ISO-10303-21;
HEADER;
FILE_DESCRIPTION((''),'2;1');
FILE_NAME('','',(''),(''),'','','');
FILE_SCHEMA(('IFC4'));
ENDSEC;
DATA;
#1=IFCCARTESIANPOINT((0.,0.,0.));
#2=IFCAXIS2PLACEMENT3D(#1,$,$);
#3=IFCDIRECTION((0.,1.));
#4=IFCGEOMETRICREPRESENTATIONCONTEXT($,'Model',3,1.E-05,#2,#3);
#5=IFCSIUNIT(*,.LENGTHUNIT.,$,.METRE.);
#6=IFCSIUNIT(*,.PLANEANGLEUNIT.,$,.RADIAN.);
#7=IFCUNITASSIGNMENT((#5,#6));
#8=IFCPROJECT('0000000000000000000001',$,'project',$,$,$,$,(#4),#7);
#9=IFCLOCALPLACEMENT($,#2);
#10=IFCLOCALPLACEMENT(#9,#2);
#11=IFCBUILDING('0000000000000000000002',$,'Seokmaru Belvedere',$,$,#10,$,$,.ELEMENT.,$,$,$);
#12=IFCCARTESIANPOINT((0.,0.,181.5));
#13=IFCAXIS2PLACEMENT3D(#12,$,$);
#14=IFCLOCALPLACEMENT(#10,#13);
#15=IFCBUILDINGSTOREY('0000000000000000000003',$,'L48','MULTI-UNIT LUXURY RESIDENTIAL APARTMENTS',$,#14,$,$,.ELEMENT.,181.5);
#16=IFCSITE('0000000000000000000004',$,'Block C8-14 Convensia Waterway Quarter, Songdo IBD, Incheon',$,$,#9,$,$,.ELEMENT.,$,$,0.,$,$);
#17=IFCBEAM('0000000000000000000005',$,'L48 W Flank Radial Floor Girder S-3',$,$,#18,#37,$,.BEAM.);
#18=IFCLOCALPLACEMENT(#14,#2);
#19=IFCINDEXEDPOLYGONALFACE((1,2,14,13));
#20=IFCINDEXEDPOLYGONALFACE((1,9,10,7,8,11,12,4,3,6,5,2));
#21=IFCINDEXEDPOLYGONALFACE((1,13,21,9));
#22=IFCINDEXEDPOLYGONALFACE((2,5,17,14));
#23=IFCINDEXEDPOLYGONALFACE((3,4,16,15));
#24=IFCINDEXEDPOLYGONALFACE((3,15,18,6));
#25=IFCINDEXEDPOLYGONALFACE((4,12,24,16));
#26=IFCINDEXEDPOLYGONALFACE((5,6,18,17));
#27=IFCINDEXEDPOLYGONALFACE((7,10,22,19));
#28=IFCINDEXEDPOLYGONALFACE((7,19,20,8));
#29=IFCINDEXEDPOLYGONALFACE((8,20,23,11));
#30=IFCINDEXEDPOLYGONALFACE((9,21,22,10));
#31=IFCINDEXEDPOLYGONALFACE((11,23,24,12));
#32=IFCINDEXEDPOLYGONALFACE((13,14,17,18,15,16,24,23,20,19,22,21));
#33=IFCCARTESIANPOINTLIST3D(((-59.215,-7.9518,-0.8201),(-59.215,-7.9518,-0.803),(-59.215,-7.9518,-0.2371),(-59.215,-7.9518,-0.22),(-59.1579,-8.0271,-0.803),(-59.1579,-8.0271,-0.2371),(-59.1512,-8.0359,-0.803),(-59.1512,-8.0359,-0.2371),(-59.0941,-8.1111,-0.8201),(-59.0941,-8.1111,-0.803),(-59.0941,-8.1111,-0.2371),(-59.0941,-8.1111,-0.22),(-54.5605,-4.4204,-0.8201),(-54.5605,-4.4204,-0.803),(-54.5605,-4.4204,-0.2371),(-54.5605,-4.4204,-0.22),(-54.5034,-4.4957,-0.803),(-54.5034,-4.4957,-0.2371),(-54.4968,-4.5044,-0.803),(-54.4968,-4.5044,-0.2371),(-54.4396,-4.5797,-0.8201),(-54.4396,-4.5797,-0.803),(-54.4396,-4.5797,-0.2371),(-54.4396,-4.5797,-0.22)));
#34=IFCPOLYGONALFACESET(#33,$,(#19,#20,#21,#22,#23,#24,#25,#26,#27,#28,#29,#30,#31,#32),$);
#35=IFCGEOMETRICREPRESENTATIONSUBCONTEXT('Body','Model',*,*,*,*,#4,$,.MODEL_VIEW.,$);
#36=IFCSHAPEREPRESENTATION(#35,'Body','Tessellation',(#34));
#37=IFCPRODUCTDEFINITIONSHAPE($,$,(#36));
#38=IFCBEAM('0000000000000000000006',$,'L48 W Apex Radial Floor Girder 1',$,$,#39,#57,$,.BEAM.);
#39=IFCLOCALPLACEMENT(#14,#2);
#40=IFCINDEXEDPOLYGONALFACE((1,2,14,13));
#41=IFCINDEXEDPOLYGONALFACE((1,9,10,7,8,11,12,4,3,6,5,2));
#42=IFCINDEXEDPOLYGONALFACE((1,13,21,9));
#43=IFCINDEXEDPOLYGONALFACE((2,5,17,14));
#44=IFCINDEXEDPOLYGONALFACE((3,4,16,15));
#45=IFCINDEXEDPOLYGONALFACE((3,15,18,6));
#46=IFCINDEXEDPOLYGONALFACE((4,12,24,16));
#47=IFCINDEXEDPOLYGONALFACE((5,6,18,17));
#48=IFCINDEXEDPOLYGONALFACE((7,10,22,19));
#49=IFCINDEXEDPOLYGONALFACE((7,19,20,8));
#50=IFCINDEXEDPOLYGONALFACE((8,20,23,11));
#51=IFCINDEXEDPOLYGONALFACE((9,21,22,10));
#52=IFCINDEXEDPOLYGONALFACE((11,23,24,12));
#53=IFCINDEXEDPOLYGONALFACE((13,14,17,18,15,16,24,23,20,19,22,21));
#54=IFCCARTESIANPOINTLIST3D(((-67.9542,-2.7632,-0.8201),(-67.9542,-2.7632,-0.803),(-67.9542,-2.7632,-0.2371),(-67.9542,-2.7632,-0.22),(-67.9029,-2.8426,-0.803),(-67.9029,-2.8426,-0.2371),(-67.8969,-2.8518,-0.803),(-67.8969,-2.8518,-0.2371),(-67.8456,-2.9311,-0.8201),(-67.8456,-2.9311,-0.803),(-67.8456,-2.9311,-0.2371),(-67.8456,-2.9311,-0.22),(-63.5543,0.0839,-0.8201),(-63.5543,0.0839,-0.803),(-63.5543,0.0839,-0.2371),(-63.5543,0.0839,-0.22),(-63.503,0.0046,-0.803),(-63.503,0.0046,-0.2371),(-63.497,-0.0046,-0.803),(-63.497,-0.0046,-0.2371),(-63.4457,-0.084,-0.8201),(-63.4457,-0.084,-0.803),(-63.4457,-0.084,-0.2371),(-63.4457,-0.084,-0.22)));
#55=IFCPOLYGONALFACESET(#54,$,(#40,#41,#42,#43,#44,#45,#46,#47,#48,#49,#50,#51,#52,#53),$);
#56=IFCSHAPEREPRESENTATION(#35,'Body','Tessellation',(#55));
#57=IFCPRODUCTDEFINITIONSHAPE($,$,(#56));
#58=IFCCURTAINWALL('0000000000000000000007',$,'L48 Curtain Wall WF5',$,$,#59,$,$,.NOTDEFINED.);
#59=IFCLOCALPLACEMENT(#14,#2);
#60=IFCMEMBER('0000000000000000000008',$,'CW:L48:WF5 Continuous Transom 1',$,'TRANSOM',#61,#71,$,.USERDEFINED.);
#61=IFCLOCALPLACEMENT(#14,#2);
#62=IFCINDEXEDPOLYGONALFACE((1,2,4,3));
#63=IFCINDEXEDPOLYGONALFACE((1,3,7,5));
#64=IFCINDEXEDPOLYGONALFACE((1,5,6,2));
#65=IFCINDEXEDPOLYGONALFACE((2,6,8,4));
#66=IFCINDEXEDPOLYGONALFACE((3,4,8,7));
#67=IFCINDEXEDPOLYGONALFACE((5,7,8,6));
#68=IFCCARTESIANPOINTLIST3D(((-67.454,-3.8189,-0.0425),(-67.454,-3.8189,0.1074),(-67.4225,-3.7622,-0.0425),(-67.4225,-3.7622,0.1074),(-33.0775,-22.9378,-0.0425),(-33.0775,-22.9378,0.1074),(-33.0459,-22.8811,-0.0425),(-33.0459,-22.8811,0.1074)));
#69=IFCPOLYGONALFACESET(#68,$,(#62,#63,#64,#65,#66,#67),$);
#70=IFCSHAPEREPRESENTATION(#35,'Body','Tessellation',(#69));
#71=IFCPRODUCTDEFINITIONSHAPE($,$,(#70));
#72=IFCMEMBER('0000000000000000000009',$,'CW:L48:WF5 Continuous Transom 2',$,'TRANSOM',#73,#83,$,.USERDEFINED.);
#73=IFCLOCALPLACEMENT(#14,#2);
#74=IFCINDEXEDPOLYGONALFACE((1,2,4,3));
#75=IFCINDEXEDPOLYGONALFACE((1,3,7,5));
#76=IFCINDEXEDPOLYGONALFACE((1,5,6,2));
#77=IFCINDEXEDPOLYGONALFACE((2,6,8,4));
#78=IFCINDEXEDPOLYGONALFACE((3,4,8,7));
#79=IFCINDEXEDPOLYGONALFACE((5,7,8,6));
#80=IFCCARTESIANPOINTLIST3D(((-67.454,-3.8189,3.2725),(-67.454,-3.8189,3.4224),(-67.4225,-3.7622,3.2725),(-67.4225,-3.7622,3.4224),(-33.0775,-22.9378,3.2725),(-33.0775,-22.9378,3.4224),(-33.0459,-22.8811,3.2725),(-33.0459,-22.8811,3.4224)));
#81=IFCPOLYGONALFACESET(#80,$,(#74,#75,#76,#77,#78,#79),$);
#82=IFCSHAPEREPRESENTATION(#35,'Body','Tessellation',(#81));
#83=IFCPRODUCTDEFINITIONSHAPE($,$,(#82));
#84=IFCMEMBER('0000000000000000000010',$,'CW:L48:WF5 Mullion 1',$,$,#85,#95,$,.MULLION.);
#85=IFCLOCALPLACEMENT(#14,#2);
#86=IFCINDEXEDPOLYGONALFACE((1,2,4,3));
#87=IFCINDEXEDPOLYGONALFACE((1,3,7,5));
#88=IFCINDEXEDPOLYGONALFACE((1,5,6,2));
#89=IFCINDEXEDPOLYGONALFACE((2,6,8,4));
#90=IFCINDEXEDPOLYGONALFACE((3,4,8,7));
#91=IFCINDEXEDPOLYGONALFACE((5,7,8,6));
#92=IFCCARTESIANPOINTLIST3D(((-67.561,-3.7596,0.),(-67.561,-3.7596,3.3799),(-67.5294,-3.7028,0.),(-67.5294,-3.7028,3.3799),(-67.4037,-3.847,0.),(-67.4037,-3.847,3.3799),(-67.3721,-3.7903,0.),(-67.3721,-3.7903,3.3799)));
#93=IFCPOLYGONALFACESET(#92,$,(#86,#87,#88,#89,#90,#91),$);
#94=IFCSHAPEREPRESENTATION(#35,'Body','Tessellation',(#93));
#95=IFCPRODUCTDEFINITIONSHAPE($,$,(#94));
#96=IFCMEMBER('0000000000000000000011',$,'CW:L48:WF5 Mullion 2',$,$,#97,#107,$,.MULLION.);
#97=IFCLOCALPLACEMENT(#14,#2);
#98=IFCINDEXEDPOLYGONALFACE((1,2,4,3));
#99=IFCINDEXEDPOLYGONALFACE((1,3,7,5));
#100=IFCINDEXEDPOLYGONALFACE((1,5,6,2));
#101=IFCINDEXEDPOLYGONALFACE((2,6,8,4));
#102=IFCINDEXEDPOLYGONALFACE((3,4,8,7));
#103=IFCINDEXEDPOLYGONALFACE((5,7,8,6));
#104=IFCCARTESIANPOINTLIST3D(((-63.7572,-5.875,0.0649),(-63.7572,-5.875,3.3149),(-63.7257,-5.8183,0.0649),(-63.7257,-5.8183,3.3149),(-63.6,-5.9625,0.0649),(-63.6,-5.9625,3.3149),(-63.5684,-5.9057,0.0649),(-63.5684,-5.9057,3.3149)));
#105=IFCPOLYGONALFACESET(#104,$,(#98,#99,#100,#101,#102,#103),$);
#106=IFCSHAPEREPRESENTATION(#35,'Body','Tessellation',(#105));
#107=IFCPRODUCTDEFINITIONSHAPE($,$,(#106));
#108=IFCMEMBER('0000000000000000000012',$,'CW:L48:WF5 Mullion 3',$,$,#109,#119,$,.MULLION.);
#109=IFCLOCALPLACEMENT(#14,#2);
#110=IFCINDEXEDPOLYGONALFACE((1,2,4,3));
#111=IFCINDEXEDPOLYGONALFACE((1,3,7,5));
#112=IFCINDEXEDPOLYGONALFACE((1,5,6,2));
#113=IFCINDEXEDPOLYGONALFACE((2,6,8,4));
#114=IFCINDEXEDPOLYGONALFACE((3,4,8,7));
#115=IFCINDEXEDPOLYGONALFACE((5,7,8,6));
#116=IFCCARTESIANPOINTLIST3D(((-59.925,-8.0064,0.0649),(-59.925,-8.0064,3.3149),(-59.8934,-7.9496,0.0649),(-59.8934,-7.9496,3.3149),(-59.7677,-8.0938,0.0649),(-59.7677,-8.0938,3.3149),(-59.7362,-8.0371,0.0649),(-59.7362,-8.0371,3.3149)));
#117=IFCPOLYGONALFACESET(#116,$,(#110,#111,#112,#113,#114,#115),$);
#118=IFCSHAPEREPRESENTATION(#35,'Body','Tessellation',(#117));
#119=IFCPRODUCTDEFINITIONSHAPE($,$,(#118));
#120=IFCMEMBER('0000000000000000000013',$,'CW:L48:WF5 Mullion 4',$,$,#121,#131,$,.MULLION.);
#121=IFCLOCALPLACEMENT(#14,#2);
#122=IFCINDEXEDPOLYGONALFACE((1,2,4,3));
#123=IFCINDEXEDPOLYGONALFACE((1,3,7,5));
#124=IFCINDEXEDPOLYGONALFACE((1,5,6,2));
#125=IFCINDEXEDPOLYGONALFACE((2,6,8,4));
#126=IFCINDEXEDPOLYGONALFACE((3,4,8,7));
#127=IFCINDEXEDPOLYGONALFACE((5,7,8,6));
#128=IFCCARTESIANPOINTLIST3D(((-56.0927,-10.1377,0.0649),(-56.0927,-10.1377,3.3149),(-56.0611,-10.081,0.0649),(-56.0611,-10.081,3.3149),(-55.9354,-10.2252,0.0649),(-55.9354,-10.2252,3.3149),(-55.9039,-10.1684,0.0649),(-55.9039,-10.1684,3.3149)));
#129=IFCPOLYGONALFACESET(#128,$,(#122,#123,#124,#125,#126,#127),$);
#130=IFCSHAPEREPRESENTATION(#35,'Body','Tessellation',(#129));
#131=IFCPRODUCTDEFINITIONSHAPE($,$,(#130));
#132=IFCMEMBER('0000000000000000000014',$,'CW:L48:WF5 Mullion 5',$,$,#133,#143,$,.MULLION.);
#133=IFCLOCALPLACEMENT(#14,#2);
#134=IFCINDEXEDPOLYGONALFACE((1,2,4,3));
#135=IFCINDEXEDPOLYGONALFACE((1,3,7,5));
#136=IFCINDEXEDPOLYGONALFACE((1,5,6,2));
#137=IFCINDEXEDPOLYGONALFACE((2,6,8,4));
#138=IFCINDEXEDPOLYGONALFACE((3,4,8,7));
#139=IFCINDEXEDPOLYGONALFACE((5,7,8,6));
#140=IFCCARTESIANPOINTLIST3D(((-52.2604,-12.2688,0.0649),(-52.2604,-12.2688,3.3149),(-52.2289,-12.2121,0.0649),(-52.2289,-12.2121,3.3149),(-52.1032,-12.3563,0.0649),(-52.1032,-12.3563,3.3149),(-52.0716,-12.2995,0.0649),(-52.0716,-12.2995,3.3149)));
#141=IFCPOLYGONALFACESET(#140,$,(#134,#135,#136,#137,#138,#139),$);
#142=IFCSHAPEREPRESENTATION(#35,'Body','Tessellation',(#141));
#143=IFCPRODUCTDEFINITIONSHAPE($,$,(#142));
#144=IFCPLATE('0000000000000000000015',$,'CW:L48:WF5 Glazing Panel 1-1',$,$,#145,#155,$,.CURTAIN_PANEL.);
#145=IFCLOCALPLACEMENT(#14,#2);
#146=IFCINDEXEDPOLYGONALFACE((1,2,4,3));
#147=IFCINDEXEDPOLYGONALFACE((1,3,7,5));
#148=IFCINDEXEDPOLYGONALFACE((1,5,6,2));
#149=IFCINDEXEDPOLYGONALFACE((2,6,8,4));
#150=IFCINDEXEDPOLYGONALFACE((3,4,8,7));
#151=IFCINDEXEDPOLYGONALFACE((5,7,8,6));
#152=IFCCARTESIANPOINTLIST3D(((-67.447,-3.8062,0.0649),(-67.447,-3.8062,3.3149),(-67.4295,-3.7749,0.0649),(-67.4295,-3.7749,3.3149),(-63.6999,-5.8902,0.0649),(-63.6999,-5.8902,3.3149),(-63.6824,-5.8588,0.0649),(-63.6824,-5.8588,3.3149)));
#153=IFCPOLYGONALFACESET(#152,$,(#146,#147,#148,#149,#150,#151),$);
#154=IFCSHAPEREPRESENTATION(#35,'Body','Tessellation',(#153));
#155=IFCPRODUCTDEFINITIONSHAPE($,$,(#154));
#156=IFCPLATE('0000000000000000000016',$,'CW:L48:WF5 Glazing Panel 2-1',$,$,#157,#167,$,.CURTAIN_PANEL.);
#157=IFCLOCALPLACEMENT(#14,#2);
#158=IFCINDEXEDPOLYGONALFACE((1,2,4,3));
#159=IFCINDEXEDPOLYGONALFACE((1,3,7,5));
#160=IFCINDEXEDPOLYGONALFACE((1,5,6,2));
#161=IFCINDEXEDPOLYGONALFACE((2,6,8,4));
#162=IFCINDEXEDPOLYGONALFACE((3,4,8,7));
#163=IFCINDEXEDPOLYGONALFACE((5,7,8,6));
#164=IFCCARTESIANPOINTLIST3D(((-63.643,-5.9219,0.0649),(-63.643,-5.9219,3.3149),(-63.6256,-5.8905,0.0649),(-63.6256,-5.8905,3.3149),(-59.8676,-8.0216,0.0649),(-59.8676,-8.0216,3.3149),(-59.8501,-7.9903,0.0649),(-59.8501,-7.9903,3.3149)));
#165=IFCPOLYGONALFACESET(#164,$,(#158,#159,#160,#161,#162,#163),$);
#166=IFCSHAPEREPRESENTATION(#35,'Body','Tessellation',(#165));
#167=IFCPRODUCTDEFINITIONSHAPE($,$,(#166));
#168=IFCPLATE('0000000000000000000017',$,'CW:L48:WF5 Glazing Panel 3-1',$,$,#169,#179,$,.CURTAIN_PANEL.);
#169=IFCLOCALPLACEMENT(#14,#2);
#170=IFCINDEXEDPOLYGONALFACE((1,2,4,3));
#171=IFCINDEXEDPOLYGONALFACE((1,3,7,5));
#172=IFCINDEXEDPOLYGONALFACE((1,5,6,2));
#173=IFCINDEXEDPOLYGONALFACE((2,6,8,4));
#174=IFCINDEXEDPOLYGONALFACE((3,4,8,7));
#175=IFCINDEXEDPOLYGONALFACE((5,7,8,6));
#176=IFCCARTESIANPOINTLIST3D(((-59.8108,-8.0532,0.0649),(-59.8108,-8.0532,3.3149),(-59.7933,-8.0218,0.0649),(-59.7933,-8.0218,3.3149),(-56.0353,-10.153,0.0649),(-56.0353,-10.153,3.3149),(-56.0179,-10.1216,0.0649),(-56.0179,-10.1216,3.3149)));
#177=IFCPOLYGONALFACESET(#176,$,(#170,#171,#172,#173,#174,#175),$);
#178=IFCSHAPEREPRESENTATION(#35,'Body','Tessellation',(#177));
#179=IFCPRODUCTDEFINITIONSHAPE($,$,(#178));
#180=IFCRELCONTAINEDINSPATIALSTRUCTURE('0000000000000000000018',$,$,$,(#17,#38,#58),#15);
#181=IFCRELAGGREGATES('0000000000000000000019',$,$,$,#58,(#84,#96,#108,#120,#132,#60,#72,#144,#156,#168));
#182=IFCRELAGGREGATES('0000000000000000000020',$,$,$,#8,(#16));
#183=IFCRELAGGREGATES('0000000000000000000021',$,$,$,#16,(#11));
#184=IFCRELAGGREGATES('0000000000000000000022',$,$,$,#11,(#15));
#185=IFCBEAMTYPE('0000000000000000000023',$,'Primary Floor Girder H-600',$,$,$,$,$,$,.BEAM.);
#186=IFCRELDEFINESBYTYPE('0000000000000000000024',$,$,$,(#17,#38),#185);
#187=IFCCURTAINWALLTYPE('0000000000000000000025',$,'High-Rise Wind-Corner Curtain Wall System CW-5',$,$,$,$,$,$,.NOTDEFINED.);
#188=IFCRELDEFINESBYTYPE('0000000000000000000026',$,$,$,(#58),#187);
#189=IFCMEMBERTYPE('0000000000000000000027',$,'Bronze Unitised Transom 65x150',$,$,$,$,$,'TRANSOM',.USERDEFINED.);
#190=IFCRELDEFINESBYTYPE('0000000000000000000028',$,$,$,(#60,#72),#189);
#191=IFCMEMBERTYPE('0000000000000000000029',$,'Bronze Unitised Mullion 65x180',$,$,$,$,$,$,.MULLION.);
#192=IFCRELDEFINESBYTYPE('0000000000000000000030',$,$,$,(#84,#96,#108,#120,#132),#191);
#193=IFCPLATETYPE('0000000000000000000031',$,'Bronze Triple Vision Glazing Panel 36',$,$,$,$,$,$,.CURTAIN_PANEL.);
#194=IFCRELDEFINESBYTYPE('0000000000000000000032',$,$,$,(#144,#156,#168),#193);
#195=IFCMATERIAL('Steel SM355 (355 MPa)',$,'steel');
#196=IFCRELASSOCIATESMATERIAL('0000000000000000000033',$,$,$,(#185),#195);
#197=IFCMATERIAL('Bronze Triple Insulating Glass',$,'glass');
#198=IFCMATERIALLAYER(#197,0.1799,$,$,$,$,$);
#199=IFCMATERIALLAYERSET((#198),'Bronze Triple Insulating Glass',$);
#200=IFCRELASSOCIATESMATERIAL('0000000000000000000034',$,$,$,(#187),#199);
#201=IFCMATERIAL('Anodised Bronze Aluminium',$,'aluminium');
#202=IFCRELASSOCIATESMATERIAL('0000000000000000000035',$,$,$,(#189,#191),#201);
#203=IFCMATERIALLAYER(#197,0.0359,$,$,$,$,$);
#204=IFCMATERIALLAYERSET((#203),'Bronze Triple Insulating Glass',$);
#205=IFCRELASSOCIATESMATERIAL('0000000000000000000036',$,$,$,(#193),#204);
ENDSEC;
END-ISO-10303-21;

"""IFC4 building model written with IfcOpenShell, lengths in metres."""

from ifc_helpers import new_model, si_unit, direction, frame, origin, origin_2d, place, context, subcontext, project, spatial, rectangle, i_section, extrude, source, transform, mapped, material, layer, layer_set, material_profile, profile_set, type_object, type_shapes, element, aggregate, save


model = new_model("IFC4")

# Units and contexts
model_context = context("Model", 3, precision=1e-05, world=origin(), true_north=direction((0.0, 1.0)))
body_context = subcontext(model_context, "Body", "Model", "MODEL_VIEW")
ifc_project = project(units=[si_unit("LENGTHUNIT", "METRE"), si_unit("PLANEANGLEUNIT", "RADIAN")], contexts=[model_context])

# Site, building, storey
site_placement = place(None, origin())
site = spatial("IfcSite", under=ifc_project, at=site_placement, Name="Block C8-14 Convensia Waterway Quarter, Songdo IBD, Incheon", CompositionType="ELEMENT", RefElevation=0.0)
building_placement = place(site_placement, origin())
building = spatial("IfcBuilding", under=site, at=building_placement, Name="Seokmaru Belvedere", CompositionType="ELEMENT")
storey_placement = place(building_placement, frame((0.0, 0.0, 181.5)))
storey = spatial("IfcBuildingStorey", under=building, at=storey_placement, Name="L48", Description="MULTI-UNIT LUXURY RESIDENTIAL APARTMENTS", CompositionType="ELEMENT", Elevation=181.5)

# Shared definitions
ifc_material_1 = material(Name="Steel SM355 (355 MPa)", Category="steel")

# Beams
ifc_material_profile_1 = material_profile(ifc_material_1, i_section(OverallWidth=0.2, OverallDepth=0.6001, WebThickness=0.011, FlangeThickness=0.0171, at=origin_2d()), Name="H-600x200x11x17")
ifc_profile_set_1 = profile_set([ifc_material_profile_1], Name="Steel SM355 (355 MPa)")
beam_type_1 = type_object("IfcBeamType", Name="Primary Floor Girder H-600", PredefinedType="BEAM", material=ifc_profile_set_1)
shared_shape_1 = source(origin(), body_context, "Body", "SweptSolid", [
    extrude(i_section(OverallWidth=0.2, OverallDepth=0.6001, WebThickness=0.011, FlangeThickness=0.0171, at=origin_2d()), origin(), (0.0, 0.0, 1.0), 5.8425),
])
beam_1_placement = place(storey_placement, frame((-59.1545, -8.0315, -0.52), z_axis=(0.796653, 0.604437, 0.0), x_axis=(-0.604437, 0.796653, 0.0)))
element("IfcBeam", 1, at=beam_1_placement, inside=storey, type_object=beam_type_1, Name="L48 W Flank Radial Floor Girder S-3", PredefinedType="BEAM", context=body_context, shape_type="MappedRepresentation", body=[
    mapped(shared_shape_1, transform((0.0, 0.0, 0.0), scale=1.0)),
])
shared_shape_2 = source(origin(), body_context, "Body", "SweptSolid", [
    extrude(i_section(OverallWidth=0.2, OverallDepth=0.6001, WebThickness=0.011, FlangeThickness=0.0171, at=origin_2d()), origin(), (0.0, 0.0, 1.0), 5.2407),
])
beam_2_placement = place(storey_placement, frame((-67.8999, -2.8472, -0.52), z_axis=(0.839555, 0.543274, 0.0), x_axis=(-0.543274, 0.839555, 0.0)))
element("IfcBeam", 2, at=beam_2_placement, inside=storey, type_object=beam_type_1, Name="L48 W Apex Radial Floor Girder 1", PredefinedType="BEAM", context=body_context, shape_type="MappedRepresentation", body=[
    mapped(shared_shape_2, transform((0.0, 0.0, 0.0), scale=1.0)),
])

# Curtain wall, members, plates
ifc_material_2 = material(Name="Bronze Triple Insulating Glass", Category="glass")
ifc_layer_1 = layer(ifc_material_2, 0.1799)
ifc_layer_set_1 = layer_set([ifc_layer_1], Name="Bronze Triple Insulating Glass")
curtain_wall_type = type_object("IfcCurtainWallType", Name="High-Rise Wind-Corner Curtain Wall System CW-5", PredefinedType="NOTDEFINED", material=ifc_layer_set_1)
curtain_wall_placement = place(storey_placement, origin())
curtain_wall = element("IfcCurtainWall", 3, at=curtain_wall_placement, inside=storey, type_object=curtain_wall_type, Name="L48 Curtain Wall WF5", PredefinedType="NOTDEFINED")
ifc_material_3 = material(Name="Anodised Bronze Aluminium", Category="aluminium")
ifc_material_profile_2 = material_profile(ifc_material_3, rectangle(XDim=0.0649, YDim=0.1499, at=origin_2d()), Name="CW-T-65x150")
ifc_profile_set_2 = profile_set([ifc_material_profile_2], Name="Anodised Bronze Aluminium")
member_type_1 = type_object("IfcMemberType", Name="Bronze Unitised Transom 65x150", ElementType="TRANSOM", PredefinedType="USERDEFINED", material=ifc_profile_set_2)
shared_shape_3 = source(origin(), body_context, "Body", "SweptSolid", [
    extrude(rectangle(XDim=0.0649, YDim=0.1499, at=origin_2d()), origin(), (0.0, 0.0, 1.0), 39.3354),
])
type_shapes(member_type_1, [shared_shape_3])
member_1_placement = place(storey_placement, frame((-67.4382, -3.7905, 0.0325), z_axis=(0.873932, -0.486048, 0.0), x_axis=(0.486048, 0.873932, 0.0)))
member_1 = element("IfcMember", 4, at=member_1_placement, type_object=member_type_1, Name="CW:L48:WF5 Continuous Transom 1", ObjectType="TRANSOM", PredefinedType="USERDEFINED", context=body_context, shape_type="MappedRepresentation", body=[
    mapped(shared_shape_3, transform((0.0, 0.0, 0.0), scale=1.0)),
])
member_2_placement = place(storey_placement, frame((-67.4382, -3.7905, 3.3474), z_axis=(0.873932, -0.486048, 0.0), x_axis=(0.486048, 0.873932, 0.0)))
member_2 = element("IfcMember", 5, at=member_2_placement, type_object=member_type_1, Name="CW:L48:WF5 Continuous Transom 2", ObjectType="TRANSOM", PredefinedType="USERDEFINED", context=body_context, shape_type="MappedRepresentation", body=[
    mapped(shared_shape_3, transform((0.0, 0.0, 0.0), scale=1.0)),
])
ifc_material_profile_3 = material_profile(ifc_material_3, rectangle(XDim=0.0649, YDim=0.1799, at=origin_2d()), Name="CW-M-65x180")
ifc_profile_set_3 = profile_set([ifc_material_profile_3], Name="Anodised Bronze Aluminium")
member_type_2 = type_object("IfcMemberType", Name="Bronze Unitised Mullion 65x180", PredefinedType="MULLION", material=ifc_profile_set_3)
shared_shape_4 = source(origin(), body_context, "Body", "SweptSolid", [
    extrude(rectangle(XDim=0.0649, YDim=0.1799, at=origin_2d()), origin(), (0.0, 0.0, 1.0), 3.3799),
])
member_3_placement = place(storey_placement, frame((-67.4666, -3.7749, 0.0), z_axis=(0.0, 0.0, 1.0), x_axis=(0.486047, 0.873933, 0.0)))
member_3 = element("IfcMember", 6, at=member_3_placement, type_object=member_type_2, Name="CW:L48:WF5 Mullion 1", PredefinedType="MULLION", context=body_context, shape_type="MappedRepresentation", body=[
    mapped(shared_shape_4, transform((0.0, 0.0, 0.0), scale=1.0)),
])
shared_shape_5 = source(origin(), body_context, "Body", "SweptSolid", [
    extrude(rectangle(XDim=0.0649, YDim=0.1799, at=origin_2d()), origin(), (0.0, 0.0, 1.0), 3.25),
])
type_shapes(member_type_2, [shared_shape_4, shared_shape_5])
member_4_placement = place(storey_placement, frame((-63.6628, -5.8904, 0.0649), z_axis=(0.0, 0.0, 1.0), x_axis=(0.486047, 0.873933, 0.0)))
member_4 = element("IfcMember", 7, at=member_4_placement, type_object=member_type_2, Name="CW:L48:WF5 Mullion 2", PredefinedType="MULLION", context=body_context, shape_type="MappedRepresentation", body=[
    mapped(shared_shape_5, transform((0.0, 0.0, 0.0), scale=1.0)),
])
member_5_placement = place(storey_placement, frame((-59.8306, -8.0217, 0.0649), z_axis=(0.0, 0.0, 1.0), x_axis=(0.486047, 0.873933, 0.0)))
member_5 = element("IfcMember", 8, at=member_5_placement, type_object=member_type_2, Name="CW:L48:WF5 Mullion 3", PredefinedType="MULLION", context=body_context, shape_type="MappedRepresentation", body=[
    mapped(shared_shape_5, transform((0.0, 0.0, 0.0), scale=1.0)),
])
member_6_placement = place(storey_placement, frame((-55.9983, -10.1531, 0.0649), z_axis=(0.0, 0.0, 1.0), x_axis=(0.486047, 0.873933, 0.0)))
member_6 = element("IfcMember", 9, at=member_6_placement, type_object=member_type_2, Name="CW:L48:WF5 Mullion 4", PredefinedType="MULLION", context=body_context, shape_type="MappedRepresentation", body=[
    mapped(shared_shape_5, transform((0.0, 0.0, 0.0), scale=1.0)),
])
member_7_placement = place(storey_placement, frame((-52.166, -12.2842, 0.0649), z_axis=(0.0, 0.0, 1.0), x_axis=(0.486047, 0.873933, 0.0)))
member_7 = element("IfcMember", 10, at=member_7_placement, type_object=member_type_2, Name="CW:L48:WF5 Mullion 5", PredefinedType="MULLION", context=body_context, shape_type="MappedRepresentation", body=[
    mapped(shared_shape_5, transform((0.0, 0.0, 0.0), scale=1.0)),
])
ifc_layer_2 = layer(ifc_material_2, 0.0359)
ifc_layer_set_2 = layer_set([ifc_layer_2], Name="Bronze Triple Insulating Glass")
plate_type = type_object("IfcPlateType", Name="Bronze Triple Vision Glazing Panel 36", PredefinedType="CURTAIN_PANEL", material=ifc_layer_set_2)
shared_shape_6 = source(origin(), body_context, "Body", "SweptSolid", [
    extrude(rectangle(XDim=4.2876, YDim=0.0359, at=origin_2d()), origin(), (0.0, 0.0, 1.0), 3.25),
])
plate_1_placement = place(storey_placement, frame((-65.5647, -4.8325, 0.0649), z_axis=(0.0, 0.0, 1.0), x_axis=(0.873933, -0.486047, 0.0)))
plate_1 = element("IfcPlate", 11, at=plate_1_placement, type_object=plate_type, Name="CW:L48:WF5 Glazing Panel 1-1", PredefinedType="CURTAIN_PANEL", context=body_context, shape_type="MappedRepresentation", body=[
    mapped(shared_shape_6, transform((0.0, 0.0, 0.0), scale=1.0)),
])
shared_shape_7 = source(origin(), body_context, "Body", "SweptSolid", [
    extrude(rectangle(XDim=4.3201, YDim=0.0359, at=origin_2d()), origin(), (0.0, 0.0, 1.0), 3.25),
])
type_shapes(plate_type, [shared_shape_6, shared_shape_7])
plate_2_placement = place(storey_placement, frame((-61.7466, -6.9561, 0.0649), z_axis=(0.0, 0.0, 1.0), x_axis=(0.873933, -0.486047, 0.0)))
plate_2 = element("IfcPlate", 12, at=plate_2_placement, type_object=plate_type, Name="CW:L48:WF5 Glazing Panel 2-1", PredefinedType="CURTAIN_PANEL", context=body_context, shape_type="MappedRepresentation", body=[
    mapped(shared_shape_7, transform((0.0, 0.0, 0.0), scale=1.0)),
])
plate_3_placement = place(storey_placement, frame((-57.9143, -9.0874, 0.0649), z_axis=(0.0, 0.0, 1.0), x_axis=(0.873933, -0.486047, 0.0)))
plate_3 = element("IfcPlate", 13, at=plate_3_placement, type_object=plate_type, Name="CW:L48:WF5 Glazing Panel 3-1", PredefinedType="CURTAIN_PANEL", context=body_context, shape_type="MappedRepresentation", body=[
    mapped(shared_shape_7, transform((0.0, 0.0, 0.0), scale=1.0)),
])
aggregate(curtain_wall, [member_3, member_4, member_5, member_6, member_7, member_1, member_2, plate_1, plate_2, plate_3])

save(model, "model.ifc")
